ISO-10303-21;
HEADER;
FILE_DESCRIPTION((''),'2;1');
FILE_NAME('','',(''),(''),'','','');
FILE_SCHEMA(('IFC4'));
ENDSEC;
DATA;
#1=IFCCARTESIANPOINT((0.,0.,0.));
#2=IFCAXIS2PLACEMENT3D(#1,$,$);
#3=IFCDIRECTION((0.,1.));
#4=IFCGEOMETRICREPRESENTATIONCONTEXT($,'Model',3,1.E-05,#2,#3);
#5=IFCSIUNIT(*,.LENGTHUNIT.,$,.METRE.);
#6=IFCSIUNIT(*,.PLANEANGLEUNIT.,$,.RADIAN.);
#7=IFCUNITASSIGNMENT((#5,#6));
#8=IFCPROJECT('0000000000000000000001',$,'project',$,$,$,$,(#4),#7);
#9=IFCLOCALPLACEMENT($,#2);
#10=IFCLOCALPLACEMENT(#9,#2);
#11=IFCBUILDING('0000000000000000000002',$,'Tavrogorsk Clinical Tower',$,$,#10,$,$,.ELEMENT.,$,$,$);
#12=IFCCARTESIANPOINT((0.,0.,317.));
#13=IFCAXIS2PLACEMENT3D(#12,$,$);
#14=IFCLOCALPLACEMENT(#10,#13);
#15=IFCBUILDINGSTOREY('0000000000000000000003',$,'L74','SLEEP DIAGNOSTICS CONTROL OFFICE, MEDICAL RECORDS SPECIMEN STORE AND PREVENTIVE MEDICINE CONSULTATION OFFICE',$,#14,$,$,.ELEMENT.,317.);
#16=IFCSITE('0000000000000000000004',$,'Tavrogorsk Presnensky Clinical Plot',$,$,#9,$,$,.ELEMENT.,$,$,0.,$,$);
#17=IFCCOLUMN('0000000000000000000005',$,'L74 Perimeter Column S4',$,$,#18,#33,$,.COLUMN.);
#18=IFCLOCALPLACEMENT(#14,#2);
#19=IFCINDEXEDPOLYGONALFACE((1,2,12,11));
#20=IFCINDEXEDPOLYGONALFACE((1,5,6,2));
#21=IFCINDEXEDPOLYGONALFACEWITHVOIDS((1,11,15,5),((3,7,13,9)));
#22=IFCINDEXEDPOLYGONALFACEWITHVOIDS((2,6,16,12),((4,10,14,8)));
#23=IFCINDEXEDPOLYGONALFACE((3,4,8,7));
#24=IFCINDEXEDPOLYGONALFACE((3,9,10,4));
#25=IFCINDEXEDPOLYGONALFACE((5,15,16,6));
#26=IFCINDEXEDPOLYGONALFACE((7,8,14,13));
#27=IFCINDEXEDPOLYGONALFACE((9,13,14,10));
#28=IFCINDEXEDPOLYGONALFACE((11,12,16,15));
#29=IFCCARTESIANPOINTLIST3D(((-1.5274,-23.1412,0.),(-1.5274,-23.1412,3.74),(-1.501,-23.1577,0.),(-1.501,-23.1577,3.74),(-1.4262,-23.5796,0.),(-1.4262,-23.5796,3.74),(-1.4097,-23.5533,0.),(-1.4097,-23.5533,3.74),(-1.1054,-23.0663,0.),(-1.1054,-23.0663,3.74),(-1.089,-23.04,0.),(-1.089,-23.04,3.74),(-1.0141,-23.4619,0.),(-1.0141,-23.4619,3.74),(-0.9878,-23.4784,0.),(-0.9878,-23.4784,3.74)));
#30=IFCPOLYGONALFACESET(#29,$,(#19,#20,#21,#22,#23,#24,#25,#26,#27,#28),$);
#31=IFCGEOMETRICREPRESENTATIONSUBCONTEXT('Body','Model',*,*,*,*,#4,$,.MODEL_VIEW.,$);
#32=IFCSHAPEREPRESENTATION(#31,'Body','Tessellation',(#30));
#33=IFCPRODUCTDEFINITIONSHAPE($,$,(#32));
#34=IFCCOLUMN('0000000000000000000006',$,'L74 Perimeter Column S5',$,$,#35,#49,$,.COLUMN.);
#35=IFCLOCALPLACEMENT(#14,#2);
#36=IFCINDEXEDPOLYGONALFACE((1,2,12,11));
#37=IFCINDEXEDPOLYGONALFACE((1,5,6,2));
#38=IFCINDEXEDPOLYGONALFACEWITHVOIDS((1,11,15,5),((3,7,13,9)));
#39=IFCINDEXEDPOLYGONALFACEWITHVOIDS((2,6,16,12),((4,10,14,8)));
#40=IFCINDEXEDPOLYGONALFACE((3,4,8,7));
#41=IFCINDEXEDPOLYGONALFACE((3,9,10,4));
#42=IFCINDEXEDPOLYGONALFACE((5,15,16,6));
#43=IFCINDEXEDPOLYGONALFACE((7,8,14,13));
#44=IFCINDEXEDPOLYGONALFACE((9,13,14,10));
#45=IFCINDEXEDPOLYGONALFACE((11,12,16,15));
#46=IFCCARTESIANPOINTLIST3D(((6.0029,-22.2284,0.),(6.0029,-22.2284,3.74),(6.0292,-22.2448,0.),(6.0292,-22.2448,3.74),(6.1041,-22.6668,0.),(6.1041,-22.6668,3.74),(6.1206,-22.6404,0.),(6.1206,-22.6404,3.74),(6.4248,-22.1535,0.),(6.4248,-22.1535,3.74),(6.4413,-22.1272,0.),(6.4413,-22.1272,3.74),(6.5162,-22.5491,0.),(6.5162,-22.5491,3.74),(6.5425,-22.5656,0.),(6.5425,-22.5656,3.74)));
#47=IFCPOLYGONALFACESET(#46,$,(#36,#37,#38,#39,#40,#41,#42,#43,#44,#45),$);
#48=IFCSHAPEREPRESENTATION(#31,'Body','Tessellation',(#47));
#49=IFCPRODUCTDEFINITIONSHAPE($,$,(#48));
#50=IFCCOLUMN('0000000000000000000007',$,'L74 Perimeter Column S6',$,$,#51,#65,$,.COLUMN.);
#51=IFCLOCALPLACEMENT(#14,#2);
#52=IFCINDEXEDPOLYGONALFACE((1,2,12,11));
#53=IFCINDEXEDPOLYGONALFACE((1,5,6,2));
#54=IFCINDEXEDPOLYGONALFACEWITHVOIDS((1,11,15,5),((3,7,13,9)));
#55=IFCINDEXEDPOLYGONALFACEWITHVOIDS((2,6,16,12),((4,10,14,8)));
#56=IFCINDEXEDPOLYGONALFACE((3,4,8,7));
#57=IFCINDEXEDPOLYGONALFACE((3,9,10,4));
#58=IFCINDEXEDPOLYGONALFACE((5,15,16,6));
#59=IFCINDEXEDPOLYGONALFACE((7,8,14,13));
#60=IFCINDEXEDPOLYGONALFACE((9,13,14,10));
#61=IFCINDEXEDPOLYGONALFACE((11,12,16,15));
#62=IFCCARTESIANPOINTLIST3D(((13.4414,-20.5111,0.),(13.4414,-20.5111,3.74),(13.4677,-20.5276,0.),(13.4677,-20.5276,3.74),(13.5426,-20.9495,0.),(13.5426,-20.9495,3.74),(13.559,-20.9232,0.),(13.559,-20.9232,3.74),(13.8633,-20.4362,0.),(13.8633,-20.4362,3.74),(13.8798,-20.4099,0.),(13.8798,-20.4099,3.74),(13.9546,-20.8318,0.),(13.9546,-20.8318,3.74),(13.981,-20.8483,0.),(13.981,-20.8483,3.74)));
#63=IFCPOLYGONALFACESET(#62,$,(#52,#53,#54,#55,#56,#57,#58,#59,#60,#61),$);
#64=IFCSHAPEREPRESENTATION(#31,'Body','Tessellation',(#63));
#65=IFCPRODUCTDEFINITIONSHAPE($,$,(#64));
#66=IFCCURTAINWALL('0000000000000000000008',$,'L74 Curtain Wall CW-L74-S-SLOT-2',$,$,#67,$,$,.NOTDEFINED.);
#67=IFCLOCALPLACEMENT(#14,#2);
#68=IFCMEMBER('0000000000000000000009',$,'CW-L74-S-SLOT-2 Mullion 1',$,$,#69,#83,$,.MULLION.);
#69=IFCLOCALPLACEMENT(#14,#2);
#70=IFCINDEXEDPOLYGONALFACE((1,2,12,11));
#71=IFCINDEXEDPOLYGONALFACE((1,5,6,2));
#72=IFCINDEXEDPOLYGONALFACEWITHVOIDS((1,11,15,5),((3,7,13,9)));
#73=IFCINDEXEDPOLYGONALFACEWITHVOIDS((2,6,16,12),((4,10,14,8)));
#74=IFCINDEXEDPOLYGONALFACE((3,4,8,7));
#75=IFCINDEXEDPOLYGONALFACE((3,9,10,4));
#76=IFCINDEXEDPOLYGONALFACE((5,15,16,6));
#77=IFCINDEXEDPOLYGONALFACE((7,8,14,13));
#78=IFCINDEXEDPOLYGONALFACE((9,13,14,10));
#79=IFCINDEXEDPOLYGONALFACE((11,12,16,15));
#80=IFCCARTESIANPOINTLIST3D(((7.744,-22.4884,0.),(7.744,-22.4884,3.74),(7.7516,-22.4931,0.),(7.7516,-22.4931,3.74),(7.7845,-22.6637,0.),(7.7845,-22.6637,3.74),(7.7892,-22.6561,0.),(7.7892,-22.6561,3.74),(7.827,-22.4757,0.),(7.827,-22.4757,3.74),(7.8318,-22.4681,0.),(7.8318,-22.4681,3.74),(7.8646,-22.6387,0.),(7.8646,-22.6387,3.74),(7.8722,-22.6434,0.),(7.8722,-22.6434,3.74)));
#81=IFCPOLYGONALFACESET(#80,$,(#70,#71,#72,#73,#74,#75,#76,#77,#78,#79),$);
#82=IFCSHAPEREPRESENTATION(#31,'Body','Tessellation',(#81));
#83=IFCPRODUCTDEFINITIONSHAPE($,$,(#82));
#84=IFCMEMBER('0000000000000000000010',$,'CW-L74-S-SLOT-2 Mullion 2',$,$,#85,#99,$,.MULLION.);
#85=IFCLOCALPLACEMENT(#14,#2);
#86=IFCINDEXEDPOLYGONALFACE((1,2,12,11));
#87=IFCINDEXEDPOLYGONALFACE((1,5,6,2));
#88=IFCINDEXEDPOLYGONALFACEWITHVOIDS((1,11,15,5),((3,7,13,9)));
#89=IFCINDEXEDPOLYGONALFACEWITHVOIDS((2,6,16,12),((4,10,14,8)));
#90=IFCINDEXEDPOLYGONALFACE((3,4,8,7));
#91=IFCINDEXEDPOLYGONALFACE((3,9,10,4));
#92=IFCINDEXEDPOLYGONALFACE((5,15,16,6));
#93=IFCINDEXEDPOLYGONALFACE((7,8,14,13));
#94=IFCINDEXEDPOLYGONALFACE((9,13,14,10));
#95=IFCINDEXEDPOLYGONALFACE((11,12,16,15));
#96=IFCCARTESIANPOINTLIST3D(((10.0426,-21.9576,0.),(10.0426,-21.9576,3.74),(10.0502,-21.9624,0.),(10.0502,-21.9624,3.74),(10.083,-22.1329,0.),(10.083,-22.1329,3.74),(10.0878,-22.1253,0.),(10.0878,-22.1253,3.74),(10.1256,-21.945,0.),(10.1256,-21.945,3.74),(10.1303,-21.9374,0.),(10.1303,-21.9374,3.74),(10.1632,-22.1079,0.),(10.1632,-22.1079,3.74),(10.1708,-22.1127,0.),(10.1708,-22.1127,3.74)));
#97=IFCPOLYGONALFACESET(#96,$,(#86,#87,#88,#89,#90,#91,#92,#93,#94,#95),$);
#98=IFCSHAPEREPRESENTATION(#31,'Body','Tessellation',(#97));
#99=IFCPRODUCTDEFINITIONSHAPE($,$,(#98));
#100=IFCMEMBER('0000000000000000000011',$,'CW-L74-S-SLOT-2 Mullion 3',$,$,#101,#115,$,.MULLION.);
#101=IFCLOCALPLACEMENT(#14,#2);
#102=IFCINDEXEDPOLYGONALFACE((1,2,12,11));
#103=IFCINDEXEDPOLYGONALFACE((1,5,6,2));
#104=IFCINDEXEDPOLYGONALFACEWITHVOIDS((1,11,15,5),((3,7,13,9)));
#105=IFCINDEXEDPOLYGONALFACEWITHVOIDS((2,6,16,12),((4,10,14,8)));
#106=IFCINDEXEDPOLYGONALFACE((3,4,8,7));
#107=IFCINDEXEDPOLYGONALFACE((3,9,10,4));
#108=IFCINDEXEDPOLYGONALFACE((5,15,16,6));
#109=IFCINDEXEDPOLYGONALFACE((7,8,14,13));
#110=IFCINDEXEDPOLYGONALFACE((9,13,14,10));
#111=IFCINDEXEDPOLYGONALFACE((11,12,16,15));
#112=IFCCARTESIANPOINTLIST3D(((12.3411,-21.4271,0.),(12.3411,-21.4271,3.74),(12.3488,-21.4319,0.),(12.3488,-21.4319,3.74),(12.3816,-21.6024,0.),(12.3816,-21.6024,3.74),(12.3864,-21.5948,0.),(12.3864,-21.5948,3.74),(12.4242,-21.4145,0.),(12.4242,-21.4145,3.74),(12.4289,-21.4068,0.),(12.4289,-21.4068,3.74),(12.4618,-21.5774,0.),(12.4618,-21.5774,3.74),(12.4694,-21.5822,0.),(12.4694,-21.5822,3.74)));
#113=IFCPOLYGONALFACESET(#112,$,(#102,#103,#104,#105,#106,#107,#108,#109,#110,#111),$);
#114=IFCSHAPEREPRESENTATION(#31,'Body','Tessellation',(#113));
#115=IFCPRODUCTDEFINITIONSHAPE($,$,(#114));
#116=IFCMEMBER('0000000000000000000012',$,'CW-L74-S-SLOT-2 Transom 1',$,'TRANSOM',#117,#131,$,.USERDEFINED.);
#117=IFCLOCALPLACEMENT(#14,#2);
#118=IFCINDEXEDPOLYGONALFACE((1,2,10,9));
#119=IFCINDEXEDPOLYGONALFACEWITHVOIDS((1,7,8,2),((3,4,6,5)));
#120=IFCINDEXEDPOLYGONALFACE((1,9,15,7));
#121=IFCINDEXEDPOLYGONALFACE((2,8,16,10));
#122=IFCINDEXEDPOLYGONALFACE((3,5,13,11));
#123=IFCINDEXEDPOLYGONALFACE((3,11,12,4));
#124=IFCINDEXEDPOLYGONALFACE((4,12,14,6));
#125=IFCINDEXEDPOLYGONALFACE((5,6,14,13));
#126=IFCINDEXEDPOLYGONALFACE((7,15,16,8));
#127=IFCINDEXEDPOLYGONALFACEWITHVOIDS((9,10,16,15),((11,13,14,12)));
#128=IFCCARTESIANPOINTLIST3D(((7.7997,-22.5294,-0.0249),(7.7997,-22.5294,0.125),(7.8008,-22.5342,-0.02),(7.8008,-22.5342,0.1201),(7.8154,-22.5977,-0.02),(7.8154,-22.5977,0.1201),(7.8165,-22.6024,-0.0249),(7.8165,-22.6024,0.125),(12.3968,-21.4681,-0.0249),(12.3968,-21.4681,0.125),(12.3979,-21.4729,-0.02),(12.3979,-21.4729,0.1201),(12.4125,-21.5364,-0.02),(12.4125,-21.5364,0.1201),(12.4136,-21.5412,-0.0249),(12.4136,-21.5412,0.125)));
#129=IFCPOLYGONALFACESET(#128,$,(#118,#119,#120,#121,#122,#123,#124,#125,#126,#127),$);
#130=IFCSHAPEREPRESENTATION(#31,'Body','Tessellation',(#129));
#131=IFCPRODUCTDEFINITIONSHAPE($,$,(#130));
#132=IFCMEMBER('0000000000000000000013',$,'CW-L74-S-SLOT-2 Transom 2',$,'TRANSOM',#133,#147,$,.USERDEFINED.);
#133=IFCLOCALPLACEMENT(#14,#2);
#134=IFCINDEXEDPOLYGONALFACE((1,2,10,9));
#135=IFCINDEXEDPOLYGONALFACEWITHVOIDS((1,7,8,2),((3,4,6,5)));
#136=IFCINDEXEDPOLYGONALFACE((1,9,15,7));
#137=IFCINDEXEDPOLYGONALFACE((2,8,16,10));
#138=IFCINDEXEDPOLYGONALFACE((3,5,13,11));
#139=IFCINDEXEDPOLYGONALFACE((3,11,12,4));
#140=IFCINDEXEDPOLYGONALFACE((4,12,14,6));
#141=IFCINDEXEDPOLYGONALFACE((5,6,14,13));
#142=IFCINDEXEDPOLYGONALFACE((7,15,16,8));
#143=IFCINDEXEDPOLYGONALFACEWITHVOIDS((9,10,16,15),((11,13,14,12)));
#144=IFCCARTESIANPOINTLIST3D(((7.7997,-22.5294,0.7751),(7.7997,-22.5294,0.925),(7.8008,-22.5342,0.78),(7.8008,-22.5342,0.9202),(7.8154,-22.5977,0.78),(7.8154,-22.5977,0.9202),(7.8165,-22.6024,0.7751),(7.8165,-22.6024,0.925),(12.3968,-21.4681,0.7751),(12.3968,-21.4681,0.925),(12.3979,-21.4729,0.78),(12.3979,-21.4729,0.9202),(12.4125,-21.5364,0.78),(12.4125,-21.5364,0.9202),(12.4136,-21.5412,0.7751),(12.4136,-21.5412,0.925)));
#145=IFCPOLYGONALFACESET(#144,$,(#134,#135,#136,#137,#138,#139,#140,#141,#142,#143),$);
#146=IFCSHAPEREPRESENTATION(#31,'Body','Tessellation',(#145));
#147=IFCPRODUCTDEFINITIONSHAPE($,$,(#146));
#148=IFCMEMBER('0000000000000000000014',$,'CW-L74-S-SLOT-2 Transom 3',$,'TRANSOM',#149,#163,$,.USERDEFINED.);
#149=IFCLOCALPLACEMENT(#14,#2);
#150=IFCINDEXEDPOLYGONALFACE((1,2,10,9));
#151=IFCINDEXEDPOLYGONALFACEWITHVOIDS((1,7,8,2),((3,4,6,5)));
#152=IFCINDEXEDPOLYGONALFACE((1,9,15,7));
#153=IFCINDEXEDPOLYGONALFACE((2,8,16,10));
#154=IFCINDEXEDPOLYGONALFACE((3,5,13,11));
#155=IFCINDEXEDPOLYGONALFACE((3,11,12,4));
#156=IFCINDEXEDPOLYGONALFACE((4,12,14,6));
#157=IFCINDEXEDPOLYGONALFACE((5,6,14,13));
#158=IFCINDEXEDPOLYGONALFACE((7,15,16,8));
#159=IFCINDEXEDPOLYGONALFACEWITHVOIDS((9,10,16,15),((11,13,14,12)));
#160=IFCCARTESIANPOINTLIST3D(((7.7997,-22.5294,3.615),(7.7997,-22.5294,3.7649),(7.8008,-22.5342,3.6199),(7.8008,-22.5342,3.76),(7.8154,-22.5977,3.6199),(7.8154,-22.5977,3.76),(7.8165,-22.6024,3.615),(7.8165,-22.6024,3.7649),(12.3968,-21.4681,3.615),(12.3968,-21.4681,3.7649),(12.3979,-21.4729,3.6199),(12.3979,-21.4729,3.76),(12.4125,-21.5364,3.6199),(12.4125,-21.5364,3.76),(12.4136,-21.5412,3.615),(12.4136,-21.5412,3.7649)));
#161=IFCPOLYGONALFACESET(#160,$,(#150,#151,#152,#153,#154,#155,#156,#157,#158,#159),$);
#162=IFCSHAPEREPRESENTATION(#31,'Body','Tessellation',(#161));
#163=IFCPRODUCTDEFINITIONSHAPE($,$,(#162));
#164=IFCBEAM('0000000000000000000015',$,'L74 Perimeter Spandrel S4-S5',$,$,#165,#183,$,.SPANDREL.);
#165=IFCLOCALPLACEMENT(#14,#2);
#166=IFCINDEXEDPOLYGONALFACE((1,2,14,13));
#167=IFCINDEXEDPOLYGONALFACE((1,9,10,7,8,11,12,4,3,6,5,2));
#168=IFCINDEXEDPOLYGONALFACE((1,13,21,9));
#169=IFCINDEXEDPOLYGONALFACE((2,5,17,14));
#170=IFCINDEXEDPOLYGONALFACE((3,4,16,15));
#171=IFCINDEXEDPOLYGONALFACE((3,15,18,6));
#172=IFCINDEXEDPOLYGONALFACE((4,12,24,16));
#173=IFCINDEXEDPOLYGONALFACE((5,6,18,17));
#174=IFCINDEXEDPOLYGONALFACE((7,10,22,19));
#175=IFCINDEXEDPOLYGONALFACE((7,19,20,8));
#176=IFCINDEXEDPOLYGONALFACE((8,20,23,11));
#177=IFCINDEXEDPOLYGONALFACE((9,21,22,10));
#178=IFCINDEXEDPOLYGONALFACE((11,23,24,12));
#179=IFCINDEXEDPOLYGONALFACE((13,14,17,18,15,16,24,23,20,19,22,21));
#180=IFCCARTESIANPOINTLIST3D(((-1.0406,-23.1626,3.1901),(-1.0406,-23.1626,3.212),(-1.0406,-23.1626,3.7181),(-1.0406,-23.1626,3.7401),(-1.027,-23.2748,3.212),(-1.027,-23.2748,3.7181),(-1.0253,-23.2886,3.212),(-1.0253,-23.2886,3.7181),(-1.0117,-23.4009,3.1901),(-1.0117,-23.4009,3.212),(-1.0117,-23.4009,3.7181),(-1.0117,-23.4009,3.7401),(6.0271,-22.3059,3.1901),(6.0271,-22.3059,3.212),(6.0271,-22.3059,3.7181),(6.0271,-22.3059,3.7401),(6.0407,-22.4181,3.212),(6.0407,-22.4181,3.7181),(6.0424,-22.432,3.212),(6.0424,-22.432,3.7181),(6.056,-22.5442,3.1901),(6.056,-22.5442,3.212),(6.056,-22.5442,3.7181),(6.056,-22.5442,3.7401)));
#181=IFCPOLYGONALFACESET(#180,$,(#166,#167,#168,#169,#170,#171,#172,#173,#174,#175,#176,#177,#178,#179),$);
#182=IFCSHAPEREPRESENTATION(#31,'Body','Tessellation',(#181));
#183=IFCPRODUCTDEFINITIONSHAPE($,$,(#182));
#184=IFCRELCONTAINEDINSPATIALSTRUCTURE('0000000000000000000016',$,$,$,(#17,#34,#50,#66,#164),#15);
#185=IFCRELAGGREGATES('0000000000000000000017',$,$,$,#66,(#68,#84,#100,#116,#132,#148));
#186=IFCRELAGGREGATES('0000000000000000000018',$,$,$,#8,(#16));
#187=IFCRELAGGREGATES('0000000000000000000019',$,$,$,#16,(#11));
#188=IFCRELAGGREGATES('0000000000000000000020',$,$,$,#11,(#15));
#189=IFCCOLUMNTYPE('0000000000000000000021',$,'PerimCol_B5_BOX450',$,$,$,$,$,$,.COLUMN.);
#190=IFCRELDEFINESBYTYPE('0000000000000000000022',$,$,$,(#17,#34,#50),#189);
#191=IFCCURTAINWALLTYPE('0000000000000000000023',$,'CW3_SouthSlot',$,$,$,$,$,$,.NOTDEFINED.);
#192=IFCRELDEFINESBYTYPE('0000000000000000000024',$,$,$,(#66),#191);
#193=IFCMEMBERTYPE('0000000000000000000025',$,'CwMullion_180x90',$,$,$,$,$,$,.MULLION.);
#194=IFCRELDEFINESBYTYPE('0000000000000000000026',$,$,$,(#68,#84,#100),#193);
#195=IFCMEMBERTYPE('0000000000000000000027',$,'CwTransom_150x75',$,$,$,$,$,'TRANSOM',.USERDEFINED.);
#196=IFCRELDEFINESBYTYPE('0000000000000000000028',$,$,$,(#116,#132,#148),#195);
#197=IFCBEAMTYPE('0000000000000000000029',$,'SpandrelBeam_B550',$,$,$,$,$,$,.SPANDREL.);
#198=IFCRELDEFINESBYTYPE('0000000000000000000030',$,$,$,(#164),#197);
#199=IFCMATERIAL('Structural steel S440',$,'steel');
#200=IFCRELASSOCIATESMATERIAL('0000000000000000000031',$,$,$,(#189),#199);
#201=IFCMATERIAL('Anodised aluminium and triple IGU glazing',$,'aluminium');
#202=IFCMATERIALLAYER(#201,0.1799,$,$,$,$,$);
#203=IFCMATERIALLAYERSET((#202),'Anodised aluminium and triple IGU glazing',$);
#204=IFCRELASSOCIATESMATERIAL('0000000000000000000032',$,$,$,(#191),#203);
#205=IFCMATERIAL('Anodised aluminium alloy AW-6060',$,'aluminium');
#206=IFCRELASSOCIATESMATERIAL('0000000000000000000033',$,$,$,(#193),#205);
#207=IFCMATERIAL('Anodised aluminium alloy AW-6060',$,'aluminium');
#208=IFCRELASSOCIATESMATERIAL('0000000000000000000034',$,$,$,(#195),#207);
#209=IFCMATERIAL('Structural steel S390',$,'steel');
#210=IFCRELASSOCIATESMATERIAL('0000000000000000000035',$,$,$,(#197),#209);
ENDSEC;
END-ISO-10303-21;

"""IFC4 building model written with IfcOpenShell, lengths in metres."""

from ifc_helpers import new_model, si_unit, direction, frame, origin, origin_2d, place, context, subcontext, project, spatial, hollow_rectangle, i_section, extrude, material, layer, layer_set, material_profile, profile_set, type_object, element, aggregate, save


model = new_model("IFC4")

# Units and contexts
model_context = context("Model", 3, precision=1e-05, world=origin(), true_north=direction((0.0, 1.0)))
body_context = subcontext(model_context, "Body", "Model", "MODEL_VIEW")
ifc_project = project(units=[si_unit("LENGTHUNIT", "METRE"), si_unit("PLANEANGLEUNIT", "RADIAN")], contexts=[model_context])

# Site, building, storey
site_placement = place(None, origin())
site = spatial("IfcSite", under=ifc_project, at=site_placement, Name="Tavrogorsk Presnensky Clinical Plot", CompositionType="ELEMENT", RefElevation=0.0)
building_placement = place(site_placement, origin())
building = spatial("IfcBuilding", under=site, at=building_placement, Name="Tavrogorsk Clinical Tower", CompositionType="ELEMENT")
storey_placement = place(building_placement, frame((0.0, 0.0, 317.0)))
storey = spatial("IfcBuildingStorey", under=building, at=storey_placement, Name="L74", Description="SLEEP DIAGNOSTICS CONTROL OFFICE, MEDICAL RECORDS SPECIMEN STORE AND PREVENTIVE MEDICINE CONSULTATION OFFICE", CompositionType="ELEMENT", Elevation=317.0)

# Columns
ifc_material_1 = material(Name="Structural steel S440", Category="steel")
ifc_material_profile_1 = material_profile(ifc_material_1, hollow_rectangle(XDim=0.45, YDim=0.45, WallThickness=0.022, at=origin_2d()), Name="BOX-450x450x22")
ifc_profile_set_1 = profile_set([ifc_material_profile_1], Name="Structural steel S440")
column_type = type_object("IfcColumnType", Name="PerimCol_B5_BOX450", PredefinedType="COLUMN", material=ifc_profile_set_1)
for number, where, z_axis, x_axis, name in (
    (1, (-1.2576, -23.3098, 0.0), (0.0, 0.0, 1.0), (0.97437, 0.224951, 0.0), "L74 Perimeter Column S4"),
    (2, (6.2727, -22.397, 0.0), (0.0, 0.0, 1.0), (0.97437, 0.224951, 0.0), "L74 Perimeter Column S5"),
    (3, (13.7112, -20.6797, 0.0), (0.0, 0.0, 1.0), (0.97437, 0.224951, 0.0), "L74 Perimeter Column S6"),
):
    element("IfcColumn", number, at=place(storey_placement, frame(where, z_axis=z_axis, x_axis=x_axis)), inside=storey, type_object=column_type, Name=name, PredefinedType="COLUMN", context=body_context, shape_type="SweptSolid", body=[
        extrude(hollow_rectangle(XDim=0.45, YDim=0.45, WallThickness=0.022, at=origin_2d()), origin(), (0.0, 0.0, 1.0), 3.74),
    ])

# Curtain wall, members
ifc_material_2 = material(Name="Anodised aluminium and triple IGU glazing", Category="aluminium")
ifc_layer_1 = layer(ifc_material_2, 0.1799)
ifc_layer_set_1 = layer_set([ifc_layer_1], Name="Anodised aluminium and triple IGU glazing")
curtain_wall_type = type_object("IfcCurtainWallType", Name="CW3_SouthSlot", PredefinedType="NOTDEFINED", material=ifc_layer_set_1)
curtain_wall_placement = place(storey_placement, origin())
curtain_wall = element("IfcCurtainWall", 4, at=curtain_wall_placement, inside=storey, type_object=curtain_wall_type, Name="L74 Curtain Wall CW-L74-S-SLOT-2", PredefinedType="NOTDEFINED")
ifc_material_3 = material(Name="Anodised aluminium alloy AW-6060", Category="aluminium")
ifc_material_profile_2 = material_profile(ifc_material_3, hollow_rectangle(XDim=0.0901, YDim=0.1799, WallThickness=0.0063, at=origin_2d()), Name="RHS-180x90x6.3")
ifc_profile_set_2 = profile_set([ifc_material_profile_2], Name="Anodised aluminium alloy AW-6060")
member_type_1 = type_object("IfcMemberType", Name="CwMullion_180x90", PredefinedType="MULLION", material=ifc_profile_set_2)
member_1_placement = place(storey_placement, frame((7.8081, -22.5659, 0.0), z_axis=(0.0, 0.0, 1.0), x_axis=(0.97437, 0.224951, 0.0)))
member_1 = element("IfcMember", 5, at=member_1_placement, type_object=member_type_1, Name="CW-L74-S-SLOT-2 Mullion 1", PredefinedType="MULLION", context=body_context, shape_type="SweptSolid", body=[
    extrude(hollow_rectangle(XDim=0.0901, YDim=0.1799, WallThickness=0.0063, at=origin_2d()), origin(), (0.0, 0.0, 1.0), 3.74),
])
member_2_placement = place(storey_placement, frame((10.1067, -22.0352, 0.0), z_axis=(0.0, 0.0, 1.0), x_axis=(0.97437, 0.224951, 0.0)))
member_2 = element("IfcMember", 6, at=member_2_placement, type_object=member_type_1, Name="CW-L74-S-SLOT-2 Mullion 2", PredefinedType="MULLION", context=body_context, shape_type="SweptSolid", body=[
    extrude(hollow_rectangle(XDim=0.0901, YDim=0.1799, WallThickness=0.0063, at=origin_2d()), origin(), (0.0, 0.0, 1.0), 3.74),
])
member_3_placement = place(storey_placement, frame((12.4053, -21.5046, 0.0), z_axis=(0.0, 0.0, 1.0), x_axis=(0.97437, 0.224951, 0.0)))
member_3 = element("IfcMember", 7, at=member_3_placement, type_object=member_type_1, Name="CW-L74-S-SLOT-2 Mullion 3", PredefinedType="MULLION", context=body_context, shape_type="SweptSolid", body=[
    extrude(hollow_rectangle(XDim=0.0901, YDim=0.1799, WallThickness=0.0063, at=origin_2d()), origin(), (0.0, 0.0, 1.0), 3.74),
])
ifc_material_4 = material(Name="Anodised aluminium alloy AW-6060", Category="aluminium")
ifc_material_profile_3 = material_profile(ifc_material_4, hollow_rectangle(XDim=0.075, YDim=0.1499, WallThickness=0.0049, at=origin_2d()), Name="RHS-150x75x5")
ifc_profile_set_3 = profile_set([ifc_material_profile_3], Name="Anodised aluminium alloy AW-6060")
member_type_2 = type_object("IfcMemberType", Name="CwTransom_150x75", ElementType="TRANSOM", PredefinedType="USERDEFINED", material=ifc_profile_set_3)
member_4_placement = place(storey_placement, frame((7.8081, -22.5659, 0.05), z_axis=(0.974373, 0.224939, 0.0), x_axis=(-0.224939, 0.974373, 0.0)))
member_4 = element("IfcMember", 8, at=member_4_placement, type_object=member_type_2, Name="CW-L74-S-SLOT-2 Transom 1", ObjectType="TRANSOM", PredefinedType="USERDEFINED", context=body_context, shape_type="SweptSolid", body=[
    extrude(hollow_rectangle(XDim=0.075, YDim=0.1499, WallThickness=0.0049, at=origin_2d()), origin(), (0.0, 0.0, 1.0), 4.718),
])
member_5_placement = place(storey_placement, frame((7.8081, -22.5659, 0.8501), z_axis=(0.974373, 0.224939, 0.0), x_axis=(-0.224939, 0.974373, 0.0)))
member_5 = element("IfcMember", 9, at=member_5_placement, type_object=member_type_2, Name="CW-L74-S-SLOT-2 Transom 2", ObjectType="TRANSOM", PredefinedType="USERDEFINED", context=body_context, shape_type="SweptSolid", body=[
    extrude(hollow_rectangle(XDim=0.075, YDim=0.1499, WallThickness=0.0049, at=origin_2d()), origin(), (0.0, 0.0, 1.0), 4.718),
])
member_6_placement = place(storey_placement, frame((7.8081, -22.5659, 3.6899), z_axis=(0.974373, 0.224939, 0.0), x_axis=(-0.224939, 0.974373, 0.0)))
member_6 = element("IfcMember", 10, at=member_6_placement, type_object=member_type_2, Name="CW-L74-S-SLOT-2 Transom 3", ObjectType="TRANSOM", PredefinedType="USERDEFINED", context=body_context, shape_type="SweptSolid", body=[
    extrude(hollow_rectangle(XDim=0.075, YDim=0.1499, WallThickness=0.0049, at=origin_2d()), origin(), (0.0, 0.0, 1.0), 4.718),
])

# Beam
ifc_material_5 = material(Name="Structural steel S390", Category="steel")
ifc_material_profile_4 = material_profile(ifc_material_5, i_section(OverallWidth=0.24, OverallDepth=0.55, WebThickness=0.0139, FlangeThickness=0.022, at=origin_2d()), Name="B-550x240x14x22")
ifc_profile_set_4 = profile_set([ifc_material_profile_4], Name="Structural steel S390")
beam_type = type_object("IfcBeamType", Name="SpandrelBeam_B550", PredefinedType="SPANDREL", material=ifc_profile_set_4)
beam_placement = place(storey_placement, frame((-1.0261, -23.2817, 3.4651), z_axis=(0.992734, 0.120332, 0.0), x_axis=(-0.120332, 0.992734, 0.0)))
element("IfcBeam", 11, at=beam_placement, inside=storey, type_object=beam_type, Name="L74 Perimeter Spandrel S4-S5", PredefinedType="SPANDREL", context=body_context, shape_type="SweptSolid", body=[
    extrude(i_section(OverallWidth=0.24, OverallDepth=0.55, WebThickness=0.0139, FlangeThickness=0.022, at=origin_2d()), origin(), (0.0, 0.0, 1.0), 7.1194),
])

aggregate(curtain_wall, [member_1, member_2, member_3, member_4, member_5, member_6])

save(model, "model.ifc")
